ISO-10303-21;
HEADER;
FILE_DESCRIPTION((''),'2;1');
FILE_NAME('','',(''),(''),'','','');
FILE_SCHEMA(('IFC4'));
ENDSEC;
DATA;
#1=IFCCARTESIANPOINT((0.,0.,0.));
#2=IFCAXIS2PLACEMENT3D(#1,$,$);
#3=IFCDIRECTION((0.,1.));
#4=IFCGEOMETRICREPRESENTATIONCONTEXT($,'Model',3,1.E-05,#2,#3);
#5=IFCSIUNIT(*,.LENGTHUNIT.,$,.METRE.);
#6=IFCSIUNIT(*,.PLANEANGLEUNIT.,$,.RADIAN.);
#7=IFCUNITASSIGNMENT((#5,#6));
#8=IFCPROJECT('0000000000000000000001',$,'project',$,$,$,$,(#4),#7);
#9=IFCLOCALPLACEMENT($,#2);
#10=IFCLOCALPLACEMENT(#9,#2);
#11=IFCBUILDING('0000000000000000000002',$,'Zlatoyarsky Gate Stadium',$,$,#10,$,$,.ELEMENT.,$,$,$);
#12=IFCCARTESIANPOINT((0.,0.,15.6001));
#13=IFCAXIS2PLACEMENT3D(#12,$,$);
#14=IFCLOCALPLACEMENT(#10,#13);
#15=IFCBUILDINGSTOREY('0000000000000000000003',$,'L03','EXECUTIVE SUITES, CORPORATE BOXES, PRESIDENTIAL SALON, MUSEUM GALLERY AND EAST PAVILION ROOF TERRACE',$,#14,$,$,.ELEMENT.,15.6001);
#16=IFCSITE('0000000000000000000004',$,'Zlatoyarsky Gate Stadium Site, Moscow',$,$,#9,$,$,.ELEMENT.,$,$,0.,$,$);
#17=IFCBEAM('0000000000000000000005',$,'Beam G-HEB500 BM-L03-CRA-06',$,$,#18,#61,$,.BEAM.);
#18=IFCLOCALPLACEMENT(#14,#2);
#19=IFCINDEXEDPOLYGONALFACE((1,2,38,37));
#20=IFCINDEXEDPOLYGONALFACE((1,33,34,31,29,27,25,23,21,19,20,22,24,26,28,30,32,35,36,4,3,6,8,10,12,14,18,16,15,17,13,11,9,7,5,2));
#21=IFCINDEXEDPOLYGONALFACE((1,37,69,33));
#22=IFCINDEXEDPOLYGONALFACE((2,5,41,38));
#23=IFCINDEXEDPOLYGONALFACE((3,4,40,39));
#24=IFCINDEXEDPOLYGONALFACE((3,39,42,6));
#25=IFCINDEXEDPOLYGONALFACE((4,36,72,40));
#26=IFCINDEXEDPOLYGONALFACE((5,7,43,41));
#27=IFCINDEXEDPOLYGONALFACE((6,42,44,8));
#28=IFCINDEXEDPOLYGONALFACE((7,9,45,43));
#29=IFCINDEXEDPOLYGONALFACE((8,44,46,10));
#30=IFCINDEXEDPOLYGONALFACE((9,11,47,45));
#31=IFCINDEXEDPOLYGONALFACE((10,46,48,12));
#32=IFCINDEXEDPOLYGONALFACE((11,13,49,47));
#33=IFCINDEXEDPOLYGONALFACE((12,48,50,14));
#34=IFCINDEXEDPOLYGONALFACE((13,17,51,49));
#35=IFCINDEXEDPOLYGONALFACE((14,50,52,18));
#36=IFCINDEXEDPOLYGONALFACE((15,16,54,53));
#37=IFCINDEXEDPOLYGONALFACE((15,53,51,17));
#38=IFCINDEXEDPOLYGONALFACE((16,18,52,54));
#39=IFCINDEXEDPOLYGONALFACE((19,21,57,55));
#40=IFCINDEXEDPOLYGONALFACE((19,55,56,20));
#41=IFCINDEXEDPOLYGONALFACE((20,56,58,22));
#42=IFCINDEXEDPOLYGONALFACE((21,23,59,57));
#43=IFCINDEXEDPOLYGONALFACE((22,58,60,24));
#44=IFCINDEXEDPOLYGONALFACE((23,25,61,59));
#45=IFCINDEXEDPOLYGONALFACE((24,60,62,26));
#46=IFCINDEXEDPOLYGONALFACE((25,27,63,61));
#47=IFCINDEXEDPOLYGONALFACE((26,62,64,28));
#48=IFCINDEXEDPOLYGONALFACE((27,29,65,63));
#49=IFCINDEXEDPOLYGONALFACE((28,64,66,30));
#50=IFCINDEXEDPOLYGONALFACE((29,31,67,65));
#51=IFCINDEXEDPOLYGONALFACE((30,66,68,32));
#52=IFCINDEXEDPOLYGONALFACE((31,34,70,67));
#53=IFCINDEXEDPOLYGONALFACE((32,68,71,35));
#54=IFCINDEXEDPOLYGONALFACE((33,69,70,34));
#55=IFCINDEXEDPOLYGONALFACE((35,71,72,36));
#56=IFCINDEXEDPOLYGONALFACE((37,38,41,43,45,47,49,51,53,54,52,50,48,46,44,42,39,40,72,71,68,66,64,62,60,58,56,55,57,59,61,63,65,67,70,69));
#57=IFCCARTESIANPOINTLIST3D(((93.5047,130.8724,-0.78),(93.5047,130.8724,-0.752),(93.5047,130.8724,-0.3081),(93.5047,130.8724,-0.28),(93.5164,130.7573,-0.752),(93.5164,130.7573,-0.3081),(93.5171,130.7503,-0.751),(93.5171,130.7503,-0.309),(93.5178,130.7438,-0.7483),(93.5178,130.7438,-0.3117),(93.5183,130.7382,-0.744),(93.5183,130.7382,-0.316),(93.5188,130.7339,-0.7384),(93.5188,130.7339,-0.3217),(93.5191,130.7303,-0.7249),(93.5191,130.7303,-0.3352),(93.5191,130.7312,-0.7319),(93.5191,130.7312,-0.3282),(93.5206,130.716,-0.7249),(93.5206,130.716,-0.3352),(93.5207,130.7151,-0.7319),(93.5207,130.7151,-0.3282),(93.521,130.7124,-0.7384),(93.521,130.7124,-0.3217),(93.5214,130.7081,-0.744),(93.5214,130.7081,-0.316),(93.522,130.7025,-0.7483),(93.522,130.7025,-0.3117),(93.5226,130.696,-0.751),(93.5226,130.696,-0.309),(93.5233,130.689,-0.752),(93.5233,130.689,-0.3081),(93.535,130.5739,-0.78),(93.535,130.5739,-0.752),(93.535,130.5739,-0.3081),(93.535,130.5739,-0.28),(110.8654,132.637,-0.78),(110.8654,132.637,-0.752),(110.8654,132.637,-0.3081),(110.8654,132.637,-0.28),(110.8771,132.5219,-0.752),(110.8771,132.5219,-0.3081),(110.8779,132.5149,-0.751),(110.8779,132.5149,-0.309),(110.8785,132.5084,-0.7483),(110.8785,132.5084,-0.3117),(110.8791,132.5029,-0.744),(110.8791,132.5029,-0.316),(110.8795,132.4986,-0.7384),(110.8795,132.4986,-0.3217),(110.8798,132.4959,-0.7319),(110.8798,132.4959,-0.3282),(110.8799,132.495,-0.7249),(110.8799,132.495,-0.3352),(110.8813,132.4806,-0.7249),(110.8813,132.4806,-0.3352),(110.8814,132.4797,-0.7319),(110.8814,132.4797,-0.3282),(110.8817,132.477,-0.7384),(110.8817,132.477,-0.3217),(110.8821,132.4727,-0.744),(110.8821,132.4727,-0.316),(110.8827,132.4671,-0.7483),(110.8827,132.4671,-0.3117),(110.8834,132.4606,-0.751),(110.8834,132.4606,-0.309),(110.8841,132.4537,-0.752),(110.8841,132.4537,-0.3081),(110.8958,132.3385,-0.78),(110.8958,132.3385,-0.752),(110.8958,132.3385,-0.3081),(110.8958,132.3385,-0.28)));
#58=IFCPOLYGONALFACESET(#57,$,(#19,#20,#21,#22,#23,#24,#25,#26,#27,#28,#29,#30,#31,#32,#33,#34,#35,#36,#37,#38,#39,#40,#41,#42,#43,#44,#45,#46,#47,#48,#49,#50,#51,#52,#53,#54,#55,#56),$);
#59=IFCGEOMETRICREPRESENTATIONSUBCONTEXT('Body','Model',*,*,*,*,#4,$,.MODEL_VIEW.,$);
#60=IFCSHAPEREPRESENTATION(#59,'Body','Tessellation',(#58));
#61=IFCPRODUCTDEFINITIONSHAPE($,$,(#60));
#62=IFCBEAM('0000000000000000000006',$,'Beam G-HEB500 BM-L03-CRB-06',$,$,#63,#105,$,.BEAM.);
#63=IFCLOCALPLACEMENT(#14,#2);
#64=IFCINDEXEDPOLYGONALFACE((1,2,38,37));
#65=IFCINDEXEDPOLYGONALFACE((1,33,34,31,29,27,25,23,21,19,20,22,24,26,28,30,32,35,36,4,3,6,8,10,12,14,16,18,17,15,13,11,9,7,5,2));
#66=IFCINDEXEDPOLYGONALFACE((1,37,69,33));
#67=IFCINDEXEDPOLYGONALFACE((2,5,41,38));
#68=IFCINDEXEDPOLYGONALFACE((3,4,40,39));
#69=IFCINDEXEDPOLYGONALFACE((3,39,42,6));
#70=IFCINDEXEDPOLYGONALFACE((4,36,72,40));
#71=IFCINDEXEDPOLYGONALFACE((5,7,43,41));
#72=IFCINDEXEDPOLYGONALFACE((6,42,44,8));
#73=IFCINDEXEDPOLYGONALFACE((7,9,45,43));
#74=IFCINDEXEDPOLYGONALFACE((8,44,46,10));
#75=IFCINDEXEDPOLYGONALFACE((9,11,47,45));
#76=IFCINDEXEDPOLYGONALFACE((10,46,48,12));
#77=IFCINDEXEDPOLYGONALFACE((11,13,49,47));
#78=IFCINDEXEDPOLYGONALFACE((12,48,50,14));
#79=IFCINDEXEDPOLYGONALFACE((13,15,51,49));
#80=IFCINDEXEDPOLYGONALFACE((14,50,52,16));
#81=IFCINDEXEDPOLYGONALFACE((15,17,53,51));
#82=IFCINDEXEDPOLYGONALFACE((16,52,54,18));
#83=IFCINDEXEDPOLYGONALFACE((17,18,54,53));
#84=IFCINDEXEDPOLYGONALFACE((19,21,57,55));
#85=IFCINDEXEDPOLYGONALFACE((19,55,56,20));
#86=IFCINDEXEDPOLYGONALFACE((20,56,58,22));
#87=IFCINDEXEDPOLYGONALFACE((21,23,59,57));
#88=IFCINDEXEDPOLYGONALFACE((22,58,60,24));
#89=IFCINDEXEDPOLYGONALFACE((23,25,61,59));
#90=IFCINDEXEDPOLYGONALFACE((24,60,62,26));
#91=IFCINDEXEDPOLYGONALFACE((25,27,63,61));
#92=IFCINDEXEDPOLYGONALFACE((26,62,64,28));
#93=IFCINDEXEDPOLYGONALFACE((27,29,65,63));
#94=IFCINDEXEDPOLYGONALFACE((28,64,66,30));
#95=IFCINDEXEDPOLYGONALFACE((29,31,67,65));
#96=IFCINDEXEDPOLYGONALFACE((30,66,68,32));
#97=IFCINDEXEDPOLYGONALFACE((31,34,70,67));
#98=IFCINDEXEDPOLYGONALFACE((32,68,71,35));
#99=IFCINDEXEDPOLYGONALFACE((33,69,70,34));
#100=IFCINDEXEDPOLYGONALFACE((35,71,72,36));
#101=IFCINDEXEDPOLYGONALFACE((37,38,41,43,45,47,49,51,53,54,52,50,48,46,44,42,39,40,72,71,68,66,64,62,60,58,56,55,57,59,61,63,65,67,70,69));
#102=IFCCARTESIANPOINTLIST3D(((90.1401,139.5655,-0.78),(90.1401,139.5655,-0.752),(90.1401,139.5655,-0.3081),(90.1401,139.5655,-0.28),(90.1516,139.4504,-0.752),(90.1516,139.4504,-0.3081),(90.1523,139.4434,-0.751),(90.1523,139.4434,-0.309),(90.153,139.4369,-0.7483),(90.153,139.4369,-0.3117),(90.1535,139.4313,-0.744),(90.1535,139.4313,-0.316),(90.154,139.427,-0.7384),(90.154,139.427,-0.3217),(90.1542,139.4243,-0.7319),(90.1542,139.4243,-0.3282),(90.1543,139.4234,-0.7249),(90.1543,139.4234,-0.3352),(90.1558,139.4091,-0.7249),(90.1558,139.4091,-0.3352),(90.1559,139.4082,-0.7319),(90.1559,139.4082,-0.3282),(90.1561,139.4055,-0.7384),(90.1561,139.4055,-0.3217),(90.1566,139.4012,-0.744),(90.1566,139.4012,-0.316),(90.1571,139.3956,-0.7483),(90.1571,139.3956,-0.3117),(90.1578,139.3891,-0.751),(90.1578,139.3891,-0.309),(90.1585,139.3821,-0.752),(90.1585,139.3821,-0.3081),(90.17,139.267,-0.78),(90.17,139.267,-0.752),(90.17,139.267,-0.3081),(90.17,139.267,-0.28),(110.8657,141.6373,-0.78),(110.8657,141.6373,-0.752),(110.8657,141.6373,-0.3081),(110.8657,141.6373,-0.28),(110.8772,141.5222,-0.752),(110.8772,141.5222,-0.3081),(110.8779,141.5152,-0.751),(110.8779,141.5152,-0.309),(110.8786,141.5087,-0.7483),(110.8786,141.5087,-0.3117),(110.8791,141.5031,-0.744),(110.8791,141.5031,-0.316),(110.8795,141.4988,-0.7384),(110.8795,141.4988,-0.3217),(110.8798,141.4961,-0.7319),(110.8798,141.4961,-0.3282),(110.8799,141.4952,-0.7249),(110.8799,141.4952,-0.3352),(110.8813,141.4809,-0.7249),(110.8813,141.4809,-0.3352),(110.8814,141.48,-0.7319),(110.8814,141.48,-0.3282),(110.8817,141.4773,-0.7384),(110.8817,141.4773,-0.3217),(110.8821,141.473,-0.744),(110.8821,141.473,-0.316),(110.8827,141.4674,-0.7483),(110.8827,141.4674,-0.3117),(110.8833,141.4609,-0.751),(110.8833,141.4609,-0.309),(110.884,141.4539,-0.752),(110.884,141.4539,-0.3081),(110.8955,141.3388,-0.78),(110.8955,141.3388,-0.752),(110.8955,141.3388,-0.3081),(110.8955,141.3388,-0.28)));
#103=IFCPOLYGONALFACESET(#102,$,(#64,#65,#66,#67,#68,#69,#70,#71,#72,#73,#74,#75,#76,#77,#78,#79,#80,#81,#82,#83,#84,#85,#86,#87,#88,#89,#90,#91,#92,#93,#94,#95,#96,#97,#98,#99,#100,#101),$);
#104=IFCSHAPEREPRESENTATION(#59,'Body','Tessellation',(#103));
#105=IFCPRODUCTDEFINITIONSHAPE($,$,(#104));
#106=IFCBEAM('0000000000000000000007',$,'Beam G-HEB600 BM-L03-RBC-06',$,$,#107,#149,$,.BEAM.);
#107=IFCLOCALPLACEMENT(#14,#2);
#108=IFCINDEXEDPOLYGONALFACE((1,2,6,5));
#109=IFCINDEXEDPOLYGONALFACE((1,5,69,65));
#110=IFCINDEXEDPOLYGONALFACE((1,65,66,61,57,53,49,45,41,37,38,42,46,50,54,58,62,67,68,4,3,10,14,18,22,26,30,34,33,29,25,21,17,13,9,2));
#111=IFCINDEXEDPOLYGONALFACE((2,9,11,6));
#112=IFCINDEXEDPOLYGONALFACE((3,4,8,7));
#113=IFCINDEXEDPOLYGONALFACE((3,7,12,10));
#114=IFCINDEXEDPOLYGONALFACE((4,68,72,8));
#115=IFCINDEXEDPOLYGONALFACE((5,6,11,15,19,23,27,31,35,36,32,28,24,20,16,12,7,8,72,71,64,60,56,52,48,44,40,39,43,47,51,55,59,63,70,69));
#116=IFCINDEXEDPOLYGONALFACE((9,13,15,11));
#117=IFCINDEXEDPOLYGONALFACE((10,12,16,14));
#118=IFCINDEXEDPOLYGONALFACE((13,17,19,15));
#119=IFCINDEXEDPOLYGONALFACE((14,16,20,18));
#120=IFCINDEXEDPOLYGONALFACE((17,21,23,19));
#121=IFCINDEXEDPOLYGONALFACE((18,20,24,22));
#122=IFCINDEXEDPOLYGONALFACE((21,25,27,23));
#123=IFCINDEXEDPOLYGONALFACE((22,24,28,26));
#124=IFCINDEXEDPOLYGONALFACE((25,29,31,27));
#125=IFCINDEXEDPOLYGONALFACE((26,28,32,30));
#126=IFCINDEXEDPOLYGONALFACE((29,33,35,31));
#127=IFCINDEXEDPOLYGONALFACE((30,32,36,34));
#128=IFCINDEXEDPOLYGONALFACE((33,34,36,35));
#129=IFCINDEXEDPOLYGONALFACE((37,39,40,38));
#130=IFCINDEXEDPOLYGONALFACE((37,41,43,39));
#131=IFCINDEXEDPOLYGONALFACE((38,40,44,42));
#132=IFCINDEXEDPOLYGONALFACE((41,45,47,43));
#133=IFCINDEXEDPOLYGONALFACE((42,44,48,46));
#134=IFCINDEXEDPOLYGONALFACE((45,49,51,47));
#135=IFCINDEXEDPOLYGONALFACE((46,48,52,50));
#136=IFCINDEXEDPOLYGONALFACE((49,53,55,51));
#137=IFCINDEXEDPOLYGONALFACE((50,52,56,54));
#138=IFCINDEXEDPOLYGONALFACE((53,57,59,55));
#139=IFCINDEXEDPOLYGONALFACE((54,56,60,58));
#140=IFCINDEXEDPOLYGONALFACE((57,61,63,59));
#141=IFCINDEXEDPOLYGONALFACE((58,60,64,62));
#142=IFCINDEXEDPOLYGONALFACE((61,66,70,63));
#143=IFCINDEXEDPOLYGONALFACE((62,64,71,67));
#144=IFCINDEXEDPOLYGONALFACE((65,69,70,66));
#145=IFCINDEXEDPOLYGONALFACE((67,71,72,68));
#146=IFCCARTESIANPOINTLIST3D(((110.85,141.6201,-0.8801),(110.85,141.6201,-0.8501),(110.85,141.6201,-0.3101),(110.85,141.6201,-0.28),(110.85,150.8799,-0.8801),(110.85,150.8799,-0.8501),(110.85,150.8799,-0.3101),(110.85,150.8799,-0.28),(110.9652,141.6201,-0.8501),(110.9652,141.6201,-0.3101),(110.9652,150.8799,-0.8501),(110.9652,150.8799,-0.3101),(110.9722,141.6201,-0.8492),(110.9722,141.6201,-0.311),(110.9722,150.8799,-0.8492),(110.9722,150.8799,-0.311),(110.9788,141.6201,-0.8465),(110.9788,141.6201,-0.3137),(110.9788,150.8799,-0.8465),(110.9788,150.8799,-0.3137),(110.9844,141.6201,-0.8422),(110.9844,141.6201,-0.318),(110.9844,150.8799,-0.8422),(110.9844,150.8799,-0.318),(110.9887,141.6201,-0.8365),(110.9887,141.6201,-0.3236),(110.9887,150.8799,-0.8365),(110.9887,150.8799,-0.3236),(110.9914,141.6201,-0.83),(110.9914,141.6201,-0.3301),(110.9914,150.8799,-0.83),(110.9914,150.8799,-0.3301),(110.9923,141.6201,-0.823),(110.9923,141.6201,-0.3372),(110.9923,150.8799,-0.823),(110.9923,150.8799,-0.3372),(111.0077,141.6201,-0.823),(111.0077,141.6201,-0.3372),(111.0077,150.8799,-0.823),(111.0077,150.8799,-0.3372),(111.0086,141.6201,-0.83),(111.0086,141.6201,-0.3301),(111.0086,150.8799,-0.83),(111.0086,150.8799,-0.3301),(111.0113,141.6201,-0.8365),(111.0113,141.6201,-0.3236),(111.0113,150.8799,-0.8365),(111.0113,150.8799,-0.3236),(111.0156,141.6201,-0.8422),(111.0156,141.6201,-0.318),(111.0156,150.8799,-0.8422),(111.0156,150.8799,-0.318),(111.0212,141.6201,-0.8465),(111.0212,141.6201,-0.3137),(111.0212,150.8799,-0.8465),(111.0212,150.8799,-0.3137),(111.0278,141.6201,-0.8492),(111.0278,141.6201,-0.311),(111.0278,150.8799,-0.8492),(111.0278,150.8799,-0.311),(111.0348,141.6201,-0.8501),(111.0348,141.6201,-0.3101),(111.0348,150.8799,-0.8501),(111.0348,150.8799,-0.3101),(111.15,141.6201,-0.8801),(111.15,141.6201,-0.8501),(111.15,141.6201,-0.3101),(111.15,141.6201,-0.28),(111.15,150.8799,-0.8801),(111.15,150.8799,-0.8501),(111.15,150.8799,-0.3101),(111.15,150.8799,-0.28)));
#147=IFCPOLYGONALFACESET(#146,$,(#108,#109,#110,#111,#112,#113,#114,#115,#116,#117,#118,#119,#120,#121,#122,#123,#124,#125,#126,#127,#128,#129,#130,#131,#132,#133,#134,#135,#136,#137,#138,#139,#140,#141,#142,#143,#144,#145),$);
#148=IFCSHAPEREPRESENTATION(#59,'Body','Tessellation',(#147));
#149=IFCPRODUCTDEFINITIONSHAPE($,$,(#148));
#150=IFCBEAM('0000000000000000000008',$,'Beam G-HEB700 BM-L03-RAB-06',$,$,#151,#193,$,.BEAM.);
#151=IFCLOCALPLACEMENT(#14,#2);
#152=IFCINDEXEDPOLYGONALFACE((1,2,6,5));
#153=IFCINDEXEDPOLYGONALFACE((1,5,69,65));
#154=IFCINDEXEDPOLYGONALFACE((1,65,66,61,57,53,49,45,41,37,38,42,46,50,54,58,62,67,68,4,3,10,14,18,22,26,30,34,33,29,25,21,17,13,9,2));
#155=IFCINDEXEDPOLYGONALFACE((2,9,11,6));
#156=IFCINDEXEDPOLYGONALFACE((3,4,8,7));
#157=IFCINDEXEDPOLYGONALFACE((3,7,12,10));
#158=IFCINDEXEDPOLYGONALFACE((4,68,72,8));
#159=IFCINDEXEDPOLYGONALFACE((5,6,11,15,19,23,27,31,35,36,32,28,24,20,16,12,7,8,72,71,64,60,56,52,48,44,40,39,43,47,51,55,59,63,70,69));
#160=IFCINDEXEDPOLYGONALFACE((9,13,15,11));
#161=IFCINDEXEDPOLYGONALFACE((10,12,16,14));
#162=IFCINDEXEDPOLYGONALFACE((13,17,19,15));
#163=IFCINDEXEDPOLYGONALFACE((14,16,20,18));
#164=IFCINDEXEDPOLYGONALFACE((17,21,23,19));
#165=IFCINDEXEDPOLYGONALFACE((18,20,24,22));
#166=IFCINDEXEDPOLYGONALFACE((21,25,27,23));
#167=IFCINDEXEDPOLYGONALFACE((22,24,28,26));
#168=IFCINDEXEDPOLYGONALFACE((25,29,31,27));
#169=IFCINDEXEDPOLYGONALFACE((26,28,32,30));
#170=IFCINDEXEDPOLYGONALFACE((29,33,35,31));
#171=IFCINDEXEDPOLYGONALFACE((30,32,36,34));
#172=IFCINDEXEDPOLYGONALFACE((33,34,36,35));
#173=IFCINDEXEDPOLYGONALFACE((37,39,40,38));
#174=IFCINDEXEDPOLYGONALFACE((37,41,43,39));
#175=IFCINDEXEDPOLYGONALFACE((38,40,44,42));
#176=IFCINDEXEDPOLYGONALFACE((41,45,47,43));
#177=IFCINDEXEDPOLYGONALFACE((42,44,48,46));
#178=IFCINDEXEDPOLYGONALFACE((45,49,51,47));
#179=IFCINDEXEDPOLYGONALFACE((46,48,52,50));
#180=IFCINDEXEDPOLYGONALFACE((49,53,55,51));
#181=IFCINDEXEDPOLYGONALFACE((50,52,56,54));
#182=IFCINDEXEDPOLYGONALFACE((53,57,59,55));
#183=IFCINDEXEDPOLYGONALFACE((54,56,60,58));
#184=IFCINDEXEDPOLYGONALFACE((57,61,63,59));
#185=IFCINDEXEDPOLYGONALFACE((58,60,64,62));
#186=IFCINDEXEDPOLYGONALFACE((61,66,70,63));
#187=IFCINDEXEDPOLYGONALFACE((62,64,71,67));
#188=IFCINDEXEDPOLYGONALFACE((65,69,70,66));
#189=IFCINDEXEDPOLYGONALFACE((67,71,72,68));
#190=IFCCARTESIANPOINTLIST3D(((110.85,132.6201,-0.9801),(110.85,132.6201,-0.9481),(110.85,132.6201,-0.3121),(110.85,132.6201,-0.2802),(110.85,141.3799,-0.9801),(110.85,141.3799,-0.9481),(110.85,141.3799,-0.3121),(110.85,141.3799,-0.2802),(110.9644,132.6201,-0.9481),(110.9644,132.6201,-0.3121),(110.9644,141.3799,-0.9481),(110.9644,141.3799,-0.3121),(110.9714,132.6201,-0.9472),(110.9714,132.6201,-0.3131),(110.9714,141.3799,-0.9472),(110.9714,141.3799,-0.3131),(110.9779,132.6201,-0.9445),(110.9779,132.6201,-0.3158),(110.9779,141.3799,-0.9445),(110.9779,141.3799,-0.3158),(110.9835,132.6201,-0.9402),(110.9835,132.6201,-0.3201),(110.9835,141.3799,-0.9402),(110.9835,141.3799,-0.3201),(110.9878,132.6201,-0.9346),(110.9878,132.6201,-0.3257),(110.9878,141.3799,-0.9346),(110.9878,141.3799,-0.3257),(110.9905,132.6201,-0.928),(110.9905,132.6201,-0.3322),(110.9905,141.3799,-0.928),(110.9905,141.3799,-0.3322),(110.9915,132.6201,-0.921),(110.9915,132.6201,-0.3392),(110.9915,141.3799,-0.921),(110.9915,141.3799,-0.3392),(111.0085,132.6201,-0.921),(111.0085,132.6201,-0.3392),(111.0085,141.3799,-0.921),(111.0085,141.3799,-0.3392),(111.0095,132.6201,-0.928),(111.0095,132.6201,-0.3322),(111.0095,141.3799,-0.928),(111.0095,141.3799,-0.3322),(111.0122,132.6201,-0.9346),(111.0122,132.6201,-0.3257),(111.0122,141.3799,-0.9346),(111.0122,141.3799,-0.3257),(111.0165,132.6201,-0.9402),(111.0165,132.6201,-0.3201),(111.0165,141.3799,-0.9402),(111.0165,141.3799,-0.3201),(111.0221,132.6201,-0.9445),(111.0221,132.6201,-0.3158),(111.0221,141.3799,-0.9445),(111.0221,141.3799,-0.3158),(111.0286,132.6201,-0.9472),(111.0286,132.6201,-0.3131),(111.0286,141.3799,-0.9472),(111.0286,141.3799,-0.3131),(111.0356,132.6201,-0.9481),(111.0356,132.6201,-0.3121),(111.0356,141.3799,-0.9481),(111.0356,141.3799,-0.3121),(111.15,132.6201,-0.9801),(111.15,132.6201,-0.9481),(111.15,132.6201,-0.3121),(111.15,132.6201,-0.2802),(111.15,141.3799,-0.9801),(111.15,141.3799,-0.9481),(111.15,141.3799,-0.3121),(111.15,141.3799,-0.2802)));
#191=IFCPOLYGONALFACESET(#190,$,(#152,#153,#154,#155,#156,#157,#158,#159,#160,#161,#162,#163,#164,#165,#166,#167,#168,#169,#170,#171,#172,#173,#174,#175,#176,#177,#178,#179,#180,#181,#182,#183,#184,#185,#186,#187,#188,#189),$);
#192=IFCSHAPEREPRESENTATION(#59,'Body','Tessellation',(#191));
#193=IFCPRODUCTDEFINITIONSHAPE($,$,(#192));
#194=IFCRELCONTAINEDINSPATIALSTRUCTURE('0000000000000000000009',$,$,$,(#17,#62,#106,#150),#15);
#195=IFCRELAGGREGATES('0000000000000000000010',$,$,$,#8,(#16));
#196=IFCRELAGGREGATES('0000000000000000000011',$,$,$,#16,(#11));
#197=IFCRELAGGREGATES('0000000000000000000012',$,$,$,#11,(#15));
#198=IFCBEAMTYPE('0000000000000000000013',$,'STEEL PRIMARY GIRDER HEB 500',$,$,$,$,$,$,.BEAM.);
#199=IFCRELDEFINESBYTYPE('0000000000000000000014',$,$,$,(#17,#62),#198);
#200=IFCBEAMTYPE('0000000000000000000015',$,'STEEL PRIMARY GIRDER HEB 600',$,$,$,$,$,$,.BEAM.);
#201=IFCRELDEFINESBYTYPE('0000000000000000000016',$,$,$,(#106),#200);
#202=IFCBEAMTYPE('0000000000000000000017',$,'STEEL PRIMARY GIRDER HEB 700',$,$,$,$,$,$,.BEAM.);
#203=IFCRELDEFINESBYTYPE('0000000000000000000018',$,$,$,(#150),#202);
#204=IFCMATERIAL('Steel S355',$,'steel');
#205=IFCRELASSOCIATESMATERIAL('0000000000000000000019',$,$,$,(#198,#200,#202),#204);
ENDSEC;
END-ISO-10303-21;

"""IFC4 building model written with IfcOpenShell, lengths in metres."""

from ifc_helpers import new_model, si_unit, direction, frame, origin, origin_2d, place, context, subcontext, project, spatial, i_section, extrude, material, material_profile, profile_set, type_object, element, save


model = new_model("IFC4")

# Units and contexts
model_context = context("Model", 3, precision=1e-05, world=origin(), true_north=direction((0.0, 1.0)))
body_context = subcontext(model_context, "Body", "Model", "MODEL_VIEW")
ifc_project = project(units=[si_unit("LENGTHUNIT", "METRE"), si_unit("PLANEANGLEUNIT", "RADIAN")], contexts=[model_context])

# Site, building, storey
site_placement = place(None, origin())
site = spatial("IfcSite", under=ifc_project, at=site_placement, Name="Zlatoyarsky Gate Stadium Site, Moscow", CompositionType="ELEMENT", RefElevation=0.0)
building_placement = place(site_placement, origin())
building = spatial("IfcBuilding", under=site, at=building_placement, Name="Zlatoyarsky Gate Stadium", CompositionType="ELEMENT")
storey_placement = place(building_placement, frame((0.0, 0.0, 15.6001)))
storey = spatial("IfcBuildingStorey", under=building, at=storey_placement, Name="L03", Description="EXECUTIVE SUITES, CORPORATE BOXES, PRESIDENTIAL SALON, MUSEUM GALLERY AND EAST PAVILION ROOF TERRACE", CompositionType="ELEMENT", Elevation=15.6001)

# Shared definitions
ifc_material_1 = material(Name="Steel S355", Category="steel")

# Beams
ifc_material_profile_1 = material_profile(ifc_material_1, i_section(OverallWidth=0.3, OverallDepth=0.5, WebThickness=0.0144, FlangeThickness=0.0281, FilletRadius=0.0271, at=origin_2d()), Name="HEB 500")
ifc_profile_set_1 = profile_set([ifc_material_profile_1], Name="Steel S355")
beam_type_1 = type_object("IfcBeamType", Name="STEEL PRIMARY GIRDER HEB 500", PredefinedType="BEAM", material=ifc_profile_set_1)
beam_1_placement = place(storey_placement, frame((110.8806, 132.4878, -0.53), z_axis=(-0.994874, -0.101124, 0.0), x_axis=(0.101124, -0.994874, 0.0)))
element("IfcBeam", 1, at=beam_1_placement, inside=storey, type_object=beam_type_1, Name="Beam G-HEB500 BM-L03-CRA-06", PredefinedType="BEAM", context=body_context, shape_type="SweptSolid", body=[
    extrude(i_section(OverallWidth=0.3, OverallDepth=0.5, WebThickness=0.0144, FlangeThickness=0.0281, FilletRadius=0.0271, at=origin_2d()), origin(), (0.0, 0.0, 1.0), 17.4502),
])
beam_2_placement = place(storey_placement, frame((110.8806, 141.488, -0.53), z_axis=(-0.995041, -0.099467, 0.0), x_axis=(0.099467, -0.995041, 0.0)))
element("IfcBeam", 2, at=beam_2_placement, inside=storey, type_object=beam_type_1, Name="Beam G-HEB500 BM-L03-CRB-06", PredefinedType="BEAM", context=body_context, shape_type="SweptSolid", body=[
    extrude(i_section(OverallWidth=0.3, OverallDepth=0.5, WebThickness=0.0144, FlangeThickness=0.0281, FilletRadius=0.0271, at=origin_2d()), origin(), (0.0, 0.0, 1.0), 20.8289),
])
ifc_material_profile_2 = material_profile(ifc_material_1, i_section(OverallWidth=0.3, OverallDepth=0.6001, WebThickness=0.0154, FlangeThickness=0.03, FilletRadius=0.0271, at=origin_2d()), Name="HEB 600")
ifc_profile_set_2 = profile_set([ifc_material_profile_2], Name="Steel S355")
beam_type_2 = type_object("IfcBeamType", Name="STEEL PRIMARY GIRDER HEB 600", PredefinedType="BEAM", material=ifc_profile_set_2)
beam_3_placement = place(storey_placement, frame((111.0, 141.6201, -0.5801), z_axis=(0.0, 1.0, 0.0), x_axis=(-1.0, 0.0, 0.0)))
element("IfcBeam", 3, at=beam_3_placement, inside=storey, type_object=beam_type_2, Name="Beam G-HEB600 BM-L03-RBC-06", PredefinedType="BEAM", context=body_context, shape_type="SweptSolid", body=[
    extrude(i_section(OverallWidth=0.3, OverallDepth=0.6001, WebThickness=0.0154, FlangeThickness=0.03, FilletRadius=0.0271, at=origin_2d()), origin(), (0.0, 0.0, 1.0), 9.2598),
])
ifc_material_profile_3 = material_profile(ifc_material_1, i_section(OverallWidth=0.3, OverallDepth=0.7, WebThickness=0.0171, FlangeThickness=0.032, FilletRadius=0.0271, at=origin_2d()), Name="HEB 700")
ifc_profile_set_3 = profile_set([ifc_material_profile_3], Name="Steel S355")
beam_type_3 = type_object("IfcBeamType", Name="STEEL PRIMARY GIRDER HEB 700", PredefinedType="BEAM", material=ifc_profile_set_3)
beam_4_placement = place(storey_placement, frame((111.0, 132.6201, -0.6301), z_axis=(0.0, 1.0, 0.0), x_axis=(-1.0, 0.0, 0.0)))
element("IfcBeam", 4, at=beam_4_placement, inside=storey, type_object=beam_type_3, Name="Beam G-HEB700 BM-L03-RAB-06", PredefinedType="BEAM", context=body_context, shape_type="SweptSolid", body=[
    extrude(i_section(OverallWidth=0.3, OverallDepth=0.7, WebThickness=0.0171, FlangeThickness=0.032, FilletRadius=0.0271, at=origin_2d()), origin(), (0.0, 0.0, 1.0), 8.7598),
])

save(model, "model.ifc")
